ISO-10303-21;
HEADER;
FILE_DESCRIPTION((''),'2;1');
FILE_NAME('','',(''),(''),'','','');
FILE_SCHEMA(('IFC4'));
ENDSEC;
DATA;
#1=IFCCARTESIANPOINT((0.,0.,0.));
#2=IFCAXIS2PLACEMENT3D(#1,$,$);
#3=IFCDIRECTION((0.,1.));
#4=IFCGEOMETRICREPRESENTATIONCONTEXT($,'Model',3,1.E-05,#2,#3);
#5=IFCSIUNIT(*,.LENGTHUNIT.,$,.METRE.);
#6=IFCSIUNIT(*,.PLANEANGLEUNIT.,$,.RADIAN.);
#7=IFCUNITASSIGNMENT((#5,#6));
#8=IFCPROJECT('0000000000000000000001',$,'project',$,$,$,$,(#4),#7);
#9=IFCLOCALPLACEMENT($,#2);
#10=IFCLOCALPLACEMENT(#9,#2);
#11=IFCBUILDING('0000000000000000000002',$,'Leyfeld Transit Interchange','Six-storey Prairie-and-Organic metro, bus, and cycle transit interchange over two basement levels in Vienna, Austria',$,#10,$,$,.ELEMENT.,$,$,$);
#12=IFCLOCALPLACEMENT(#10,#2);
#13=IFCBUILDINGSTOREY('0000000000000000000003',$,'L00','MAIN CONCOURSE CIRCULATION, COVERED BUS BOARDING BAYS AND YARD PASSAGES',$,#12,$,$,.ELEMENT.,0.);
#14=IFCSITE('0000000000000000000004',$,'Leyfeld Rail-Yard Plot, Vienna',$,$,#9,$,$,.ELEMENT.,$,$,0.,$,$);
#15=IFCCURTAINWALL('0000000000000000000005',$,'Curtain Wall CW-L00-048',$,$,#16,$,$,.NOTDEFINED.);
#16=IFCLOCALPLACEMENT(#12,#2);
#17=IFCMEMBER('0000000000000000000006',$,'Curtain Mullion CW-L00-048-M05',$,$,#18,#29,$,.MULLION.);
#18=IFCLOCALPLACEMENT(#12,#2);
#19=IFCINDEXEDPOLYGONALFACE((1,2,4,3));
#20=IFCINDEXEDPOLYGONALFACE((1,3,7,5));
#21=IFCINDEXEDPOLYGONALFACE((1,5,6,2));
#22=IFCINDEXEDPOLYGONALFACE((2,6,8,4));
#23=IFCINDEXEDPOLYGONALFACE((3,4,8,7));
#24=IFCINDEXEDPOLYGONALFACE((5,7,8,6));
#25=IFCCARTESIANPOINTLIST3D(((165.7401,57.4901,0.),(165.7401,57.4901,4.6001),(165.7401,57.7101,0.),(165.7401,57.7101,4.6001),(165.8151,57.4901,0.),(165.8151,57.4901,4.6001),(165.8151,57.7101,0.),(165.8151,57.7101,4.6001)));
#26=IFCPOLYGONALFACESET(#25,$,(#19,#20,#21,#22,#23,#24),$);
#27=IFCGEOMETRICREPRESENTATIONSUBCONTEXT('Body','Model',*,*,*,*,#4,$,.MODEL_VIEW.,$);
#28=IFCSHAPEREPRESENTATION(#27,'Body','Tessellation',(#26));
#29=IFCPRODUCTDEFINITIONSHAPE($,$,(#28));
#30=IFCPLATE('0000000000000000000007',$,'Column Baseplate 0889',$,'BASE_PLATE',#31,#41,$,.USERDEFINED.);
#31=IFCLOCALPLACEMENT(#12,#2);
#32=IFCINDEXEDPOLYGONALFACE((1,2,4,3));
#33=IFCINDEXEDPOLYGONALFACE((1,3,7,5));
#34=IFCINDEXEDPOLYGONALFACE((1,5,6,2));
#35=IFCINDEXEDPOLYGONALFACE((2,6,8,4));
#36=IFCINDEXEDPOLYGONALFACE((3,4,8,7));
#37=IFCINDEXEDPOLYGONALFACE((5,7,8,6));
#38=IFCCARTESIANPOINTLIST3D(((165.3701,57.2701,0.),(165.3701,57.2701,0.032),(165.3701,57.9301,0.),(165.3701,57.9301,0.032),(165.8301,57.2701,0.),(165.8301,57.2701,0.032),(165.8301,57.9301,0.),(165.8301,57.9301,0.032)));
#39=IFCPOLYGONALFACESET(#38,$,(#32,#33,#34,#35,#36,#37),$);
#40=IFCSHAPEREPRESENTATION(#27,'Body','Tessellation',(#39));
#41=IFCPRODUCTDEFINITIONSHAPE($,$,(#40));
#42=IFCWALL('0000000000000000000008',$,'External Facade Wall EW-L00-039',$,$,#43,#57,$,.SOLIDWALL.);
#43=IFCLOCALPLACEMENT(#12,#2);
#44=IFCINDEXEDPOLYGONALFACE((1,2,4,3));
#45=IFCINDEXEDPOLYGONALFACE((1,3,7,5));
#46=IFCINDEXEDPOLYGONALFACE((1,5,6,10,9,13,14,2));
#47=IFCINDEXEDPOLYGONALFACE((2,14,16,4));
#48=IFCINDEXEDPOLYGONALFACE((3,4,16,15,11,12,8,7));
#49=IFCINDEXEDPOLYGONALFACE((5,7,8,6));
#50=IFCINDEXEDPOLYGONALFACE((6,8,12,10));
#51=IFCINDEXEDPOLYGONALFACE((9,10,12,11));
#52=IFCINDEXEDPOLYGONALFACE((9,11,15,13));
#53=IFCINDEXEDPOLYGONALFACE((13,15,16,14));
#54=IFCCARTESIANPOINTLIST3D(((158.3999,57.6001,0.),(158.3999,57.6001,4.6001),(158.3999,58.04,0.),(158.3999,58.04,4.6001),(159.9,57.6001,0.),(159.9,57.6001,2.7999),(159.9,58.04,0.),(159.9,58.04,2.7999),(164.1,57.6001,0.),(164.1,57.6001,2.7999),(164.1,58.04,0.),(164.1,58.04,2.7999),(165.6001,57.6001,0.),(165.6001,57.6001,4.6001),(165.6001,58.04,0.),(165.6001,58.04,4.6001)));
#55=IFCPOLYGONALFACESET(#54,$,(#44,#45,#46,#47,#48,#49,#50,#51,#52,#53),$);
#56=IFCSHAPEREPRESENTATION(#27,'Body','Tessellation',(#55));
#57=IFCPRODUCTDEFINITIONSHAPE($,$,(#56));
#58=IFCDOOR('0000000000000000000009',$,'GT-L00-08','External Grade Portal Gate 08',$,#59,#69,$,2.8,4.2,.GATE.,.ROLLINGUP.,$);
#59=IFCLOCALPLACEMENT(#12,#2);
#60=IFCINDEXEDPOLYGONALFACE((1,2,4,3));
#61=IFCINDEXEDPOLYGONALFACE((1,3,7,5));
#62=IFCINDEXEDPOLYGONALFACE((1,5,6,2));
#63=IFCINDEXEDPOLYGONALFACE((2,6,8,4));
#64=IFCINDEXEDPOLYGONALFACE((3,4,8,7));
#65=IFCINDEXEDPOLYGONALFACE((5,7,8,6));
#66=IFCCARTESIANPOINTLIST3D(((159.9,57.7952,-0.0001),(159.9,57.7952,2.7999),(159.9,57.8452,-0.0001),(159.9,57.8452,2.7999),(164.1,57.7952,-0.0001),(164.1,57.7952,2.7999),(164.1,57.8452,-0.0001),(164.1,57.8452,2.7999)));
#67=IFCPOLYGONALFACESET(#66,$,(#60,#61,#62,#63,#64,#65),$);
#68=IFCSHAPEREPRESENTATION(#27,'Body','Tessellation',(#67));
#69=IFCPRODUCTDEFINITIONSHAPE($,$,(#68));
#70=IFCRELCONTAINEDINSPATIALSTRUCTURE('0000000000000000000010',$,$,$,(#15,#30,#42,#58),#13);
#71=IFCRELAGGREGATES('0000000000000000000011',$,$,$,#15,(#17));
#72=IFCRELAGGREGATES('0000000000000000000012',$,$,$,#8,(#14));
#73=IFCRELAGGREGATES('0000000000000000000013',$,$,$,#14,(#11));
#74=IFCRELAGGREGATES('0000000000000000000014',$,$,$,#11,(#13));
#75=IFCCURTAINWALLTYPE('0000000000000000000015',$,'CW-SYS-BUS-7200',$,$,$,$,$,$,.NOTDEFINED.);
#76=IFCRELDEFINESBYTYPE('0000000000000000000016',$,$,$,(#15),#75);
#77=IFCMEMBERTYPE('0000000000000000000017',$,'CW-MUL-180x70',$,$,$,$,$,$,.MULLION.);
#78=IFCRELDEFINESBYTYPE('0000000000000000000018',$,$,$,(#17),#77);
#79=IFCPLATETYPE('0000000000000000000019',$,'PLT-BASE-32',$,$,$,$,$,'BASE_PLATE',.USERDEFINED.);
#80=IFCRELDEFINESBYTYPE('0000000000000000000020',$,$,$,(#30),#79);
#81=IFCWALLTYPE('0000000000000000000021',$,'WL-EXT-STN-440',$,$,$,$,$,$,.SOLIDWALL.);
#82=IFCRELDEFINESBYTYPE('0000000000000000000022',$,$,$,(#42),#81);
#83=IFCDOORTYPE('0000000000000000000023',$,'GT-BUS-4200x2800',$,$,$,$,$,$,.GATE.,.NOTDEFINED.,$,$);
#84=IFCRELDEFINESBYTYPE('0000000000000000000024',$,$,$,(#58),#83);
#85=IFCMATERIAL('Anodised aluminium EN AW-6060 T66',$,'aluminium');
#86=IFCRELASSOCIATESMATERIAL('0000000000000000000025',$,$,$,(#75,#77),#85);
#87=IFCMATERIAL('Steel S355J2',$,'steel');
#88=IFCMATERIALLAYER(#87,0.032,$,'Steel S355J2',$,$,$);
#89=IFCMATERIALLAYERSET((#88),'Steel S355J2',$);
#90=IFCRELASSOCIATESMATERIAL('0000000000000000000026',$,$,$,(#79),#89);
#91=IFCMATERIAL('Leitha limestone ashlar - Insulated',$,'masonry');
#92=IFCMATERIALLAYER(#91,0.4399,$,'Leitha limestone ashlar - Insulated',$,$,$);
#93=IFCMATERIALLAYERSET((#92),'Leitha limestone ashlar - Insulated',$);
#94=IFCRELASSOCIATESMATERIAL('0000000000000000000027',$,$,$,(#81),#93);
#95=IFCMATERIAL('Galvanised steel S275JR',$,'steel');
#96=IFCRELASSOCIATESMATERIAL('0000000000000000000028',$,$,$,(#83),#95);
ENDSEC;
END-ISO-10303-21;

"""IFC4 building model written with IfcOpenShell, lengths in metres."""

from ifc_helpers import new_model, si_unit, direction, frame, frame_2d, origin, origin_2d, place, context, subcontext, project, spatial, rectangle, extrude, material, layer, layer_set, material_profile, profile_set, type_object, element, fill, aggregate, save


model = new_model("IFC4")

# Units and contexts
model_context = context("Model", 3, precision=1e-05, world=origin(), true_north=direction((0.0, 1.0)))
body_context = subcontext(model_context, "Body", "Model", "MODEL_VIEW")
ifc_project = project(units=[si_unit("LENGTHUNIT", "METRE"), si_unit("PLANEANGLEUNIT", "RADIAN")], contexts=[model_context])

# Site, building, storey
site_placement = place(None, origin())
site = spatial("IfcSite", under=ifc_project, at=site_placement, Name="Leyfeld Rail-Yard Plot, Vienna", CompositionType="ELEMENT", RefElevation=0.0)
building_placement = place(site_placement, origin())
building = spatial("IfcBuilding", under=site, at=building_placement, Name="Leyfeld Transit Interchange", Description="Six-storey Prairie-and-Organic metro, bus, and cycle transit interchange over two basement levels in Vienna, Austria", CompositionType="ELEMENT")
storey_placement = place(building_placement, origin())
storey = spatial("IfcBuildingStorey", under=building, at=storey_placement, Name="L00", Description="MAIN CONCOURSE CIRCULATION, COVERED BUS BOARDING BAYS AND YARD PASSAGES", CompositionType="ELEMENT", Elevation=0.0)

# Shared definitions
ifc_material_1 = material(Name="Steel S355J2", Category="steel")

# Curtain wall, member
ifc_material_2 = material(Name="Anodised aluminium EN AW-6060 T66", Category="aluminium")
curtain_wall_type = type_object("IfcCurtainWallType", Name="CW-SYS-BUS-7200", PredefinedType="NOTDEFINED", material=ifc_material_2)
curtain_wall_placement = place(storey_placement, origin())
curtain_wall = element("IfcCurtainWall", 1, at=curtain_wall_placement, inside=storey, type_object=curtain_wall_type, Name="Curtain Wall CW-L00-048", PredefinedType="NOTDEFINED")
ifc_material_profile_1 = material_profile(ifc_material_2, rectangle(XDim=0.075, YDim=0.22, at=origin_2d()), Name="CW-M 75x220")
ifc_profile_set_1 = profile_set([ifc_material_profile_1], Name="Anodised aluminium EN AW-6060 T66")
member_type = type_object("IfcMemberType", Name="CW-MUL-180x70", PredefinedType="MULLION", material=ifc_profile_set_1)
member_placement = place(storey_placement, frame((165.7776, 57.6001, 0.0), z_axis=(0.0, 0.0, 1.0), x_axis=(-1.0, 0.0, 0.0)))
member = element("IfcMember", 2, at=member_placement, type_object=member_type, Name="Curtain Mullion CW-L00-048-M05", PredefinedType="MULLION", context=body_context, shape_type="SweptSolid", body=[
    extrude(rectangle(XDim=0.075, YDim=0.22, at=origin_2d()), origin(), (0.0, 0.0, 1.0), 4.6001),
])
aggregate(curtain_wall, [member])

# Plate
ifc_layer_1 = layer(ifc_material_1, 0.032, Name="Steel S355J2")
ifc_layer_set_1 = layer_set([ifc_layer_1], Name="Steel S355J2")
plate_type = type_object("IfcPlateType", Name="PLT-BASE-32", ElementType="BASE_PLATE", PredefinedType="USERDEFINED", material=ifc_layer_set_1)
plate_placement = place(storey_placement, frame((165.6001, 57.6001, 0.0), z_axis=(0.0, 0.0, 1.0), x_axis=(1.0, 0.0, 0.0)))
element("IfcPlate", 3, at=plate_placement, inside=storey, type_object=plate_type, Name="Column Baseplate 0889", ObjectType="BASE_PLATE", PredefinedType="USERDEFINED", context=body_context, shape_type="SweptSolid", body=[
    extrude(rectangle(XDim=0.46, YDim=0.6599, at=origin_2d()), origin(), (0.0, 0.0, 1.0), 0.032),
])

# Wall, opening, door
ifc_material_3 = material(Name="Leitha limestone ashlar - Insulated", Category="masonry")
ifc_layer_2 = layer(ifc_material_3, 0.4399, Name="Leitha limestone ashlar - Insulated")
ifc_layer_set_2 = layer_set([ifc_layer_2], Name="Leitha limestone ashlar - Insulated")
wall_type = type_object("IfcWallType", Name="WL-EXT-STN-440", PredefinedType="SOLIDWALL", material=ifc_layer_set_2)
wall_placement = place(storey_placement, frame((165.6001, 57.8201, 0.0), z_axis=(0.0, 0.0, 1.0), x_axis=(-1.0, 0.0, 0.0)))
wall = element("IfcWall", 4, at=wall_placement, inside=storey, type_object=wall_type, Name="External Facade Wall EW-L00-039", PredefinedType="SOLIDWALL", context=body_context, shape_type="SweptSolid", body=[
    extrude(rectangle(XDim=7.2002, YDim=0.4399, at=frame_2d((3.6001, 0.0))), origin(), (0.0, 0.0, 1.0), 4.6001),
])
opening_placement = place(wall_placement, frame((1.5, 0.0, 0.0)))
opening = element("IfcOpeningElement", 5, at=opening_placement, cuts=wall, PredefinedType="OPENING", context=body_context, shape_type="SweptSolid", body=[
    extrude(rectangle(XDim=4.2, YDim=2.8, at=frame_2d((2.1001, 1.3999))), frame((0.0, 0.23, 0.0), z_axis=(0.0, -1.0, 0.0), x_axis=(1.0, 0.0, 0.0)), (0.0, 0.0, 1.0), 0.46),
])
ifc_material_4 = material(Name="Galvanised steel S275JR", Category="steel")
door_type = type_object("IfcDoorType", Name="GT-BUS-4200x2800", OperationType="NOTDEFINED", PredefinedType="GATE", material=ifc_material_4)
door_placement = place(opening_placement, origin())
door = element("IfcDoor", 6, at=door_placement, inside=storey, type_object=door_type, Name="GT-L00-08", Description="External Grade Portal Gate 08", OperationType="ROLLINGUP", OverallHeight=2.8, OverallWidth=4.2, PredefinedType="GATE", context=body_context, shape_type="SweptSolid", body=[
    extrude(rectangle(XDim=4.2, YDim=2.8, at=frame_2d((2.1001, 1.3999))), frame((0.0, 0.0249, 0.0), z_axis=(0.0, -1.0, 0.0), x_axis=(1.0, 0.0, 0.0)), (0.0, 0.0, 1.0), 0.05),
])
fill(opening, door)

save(model, "model.ifc")
